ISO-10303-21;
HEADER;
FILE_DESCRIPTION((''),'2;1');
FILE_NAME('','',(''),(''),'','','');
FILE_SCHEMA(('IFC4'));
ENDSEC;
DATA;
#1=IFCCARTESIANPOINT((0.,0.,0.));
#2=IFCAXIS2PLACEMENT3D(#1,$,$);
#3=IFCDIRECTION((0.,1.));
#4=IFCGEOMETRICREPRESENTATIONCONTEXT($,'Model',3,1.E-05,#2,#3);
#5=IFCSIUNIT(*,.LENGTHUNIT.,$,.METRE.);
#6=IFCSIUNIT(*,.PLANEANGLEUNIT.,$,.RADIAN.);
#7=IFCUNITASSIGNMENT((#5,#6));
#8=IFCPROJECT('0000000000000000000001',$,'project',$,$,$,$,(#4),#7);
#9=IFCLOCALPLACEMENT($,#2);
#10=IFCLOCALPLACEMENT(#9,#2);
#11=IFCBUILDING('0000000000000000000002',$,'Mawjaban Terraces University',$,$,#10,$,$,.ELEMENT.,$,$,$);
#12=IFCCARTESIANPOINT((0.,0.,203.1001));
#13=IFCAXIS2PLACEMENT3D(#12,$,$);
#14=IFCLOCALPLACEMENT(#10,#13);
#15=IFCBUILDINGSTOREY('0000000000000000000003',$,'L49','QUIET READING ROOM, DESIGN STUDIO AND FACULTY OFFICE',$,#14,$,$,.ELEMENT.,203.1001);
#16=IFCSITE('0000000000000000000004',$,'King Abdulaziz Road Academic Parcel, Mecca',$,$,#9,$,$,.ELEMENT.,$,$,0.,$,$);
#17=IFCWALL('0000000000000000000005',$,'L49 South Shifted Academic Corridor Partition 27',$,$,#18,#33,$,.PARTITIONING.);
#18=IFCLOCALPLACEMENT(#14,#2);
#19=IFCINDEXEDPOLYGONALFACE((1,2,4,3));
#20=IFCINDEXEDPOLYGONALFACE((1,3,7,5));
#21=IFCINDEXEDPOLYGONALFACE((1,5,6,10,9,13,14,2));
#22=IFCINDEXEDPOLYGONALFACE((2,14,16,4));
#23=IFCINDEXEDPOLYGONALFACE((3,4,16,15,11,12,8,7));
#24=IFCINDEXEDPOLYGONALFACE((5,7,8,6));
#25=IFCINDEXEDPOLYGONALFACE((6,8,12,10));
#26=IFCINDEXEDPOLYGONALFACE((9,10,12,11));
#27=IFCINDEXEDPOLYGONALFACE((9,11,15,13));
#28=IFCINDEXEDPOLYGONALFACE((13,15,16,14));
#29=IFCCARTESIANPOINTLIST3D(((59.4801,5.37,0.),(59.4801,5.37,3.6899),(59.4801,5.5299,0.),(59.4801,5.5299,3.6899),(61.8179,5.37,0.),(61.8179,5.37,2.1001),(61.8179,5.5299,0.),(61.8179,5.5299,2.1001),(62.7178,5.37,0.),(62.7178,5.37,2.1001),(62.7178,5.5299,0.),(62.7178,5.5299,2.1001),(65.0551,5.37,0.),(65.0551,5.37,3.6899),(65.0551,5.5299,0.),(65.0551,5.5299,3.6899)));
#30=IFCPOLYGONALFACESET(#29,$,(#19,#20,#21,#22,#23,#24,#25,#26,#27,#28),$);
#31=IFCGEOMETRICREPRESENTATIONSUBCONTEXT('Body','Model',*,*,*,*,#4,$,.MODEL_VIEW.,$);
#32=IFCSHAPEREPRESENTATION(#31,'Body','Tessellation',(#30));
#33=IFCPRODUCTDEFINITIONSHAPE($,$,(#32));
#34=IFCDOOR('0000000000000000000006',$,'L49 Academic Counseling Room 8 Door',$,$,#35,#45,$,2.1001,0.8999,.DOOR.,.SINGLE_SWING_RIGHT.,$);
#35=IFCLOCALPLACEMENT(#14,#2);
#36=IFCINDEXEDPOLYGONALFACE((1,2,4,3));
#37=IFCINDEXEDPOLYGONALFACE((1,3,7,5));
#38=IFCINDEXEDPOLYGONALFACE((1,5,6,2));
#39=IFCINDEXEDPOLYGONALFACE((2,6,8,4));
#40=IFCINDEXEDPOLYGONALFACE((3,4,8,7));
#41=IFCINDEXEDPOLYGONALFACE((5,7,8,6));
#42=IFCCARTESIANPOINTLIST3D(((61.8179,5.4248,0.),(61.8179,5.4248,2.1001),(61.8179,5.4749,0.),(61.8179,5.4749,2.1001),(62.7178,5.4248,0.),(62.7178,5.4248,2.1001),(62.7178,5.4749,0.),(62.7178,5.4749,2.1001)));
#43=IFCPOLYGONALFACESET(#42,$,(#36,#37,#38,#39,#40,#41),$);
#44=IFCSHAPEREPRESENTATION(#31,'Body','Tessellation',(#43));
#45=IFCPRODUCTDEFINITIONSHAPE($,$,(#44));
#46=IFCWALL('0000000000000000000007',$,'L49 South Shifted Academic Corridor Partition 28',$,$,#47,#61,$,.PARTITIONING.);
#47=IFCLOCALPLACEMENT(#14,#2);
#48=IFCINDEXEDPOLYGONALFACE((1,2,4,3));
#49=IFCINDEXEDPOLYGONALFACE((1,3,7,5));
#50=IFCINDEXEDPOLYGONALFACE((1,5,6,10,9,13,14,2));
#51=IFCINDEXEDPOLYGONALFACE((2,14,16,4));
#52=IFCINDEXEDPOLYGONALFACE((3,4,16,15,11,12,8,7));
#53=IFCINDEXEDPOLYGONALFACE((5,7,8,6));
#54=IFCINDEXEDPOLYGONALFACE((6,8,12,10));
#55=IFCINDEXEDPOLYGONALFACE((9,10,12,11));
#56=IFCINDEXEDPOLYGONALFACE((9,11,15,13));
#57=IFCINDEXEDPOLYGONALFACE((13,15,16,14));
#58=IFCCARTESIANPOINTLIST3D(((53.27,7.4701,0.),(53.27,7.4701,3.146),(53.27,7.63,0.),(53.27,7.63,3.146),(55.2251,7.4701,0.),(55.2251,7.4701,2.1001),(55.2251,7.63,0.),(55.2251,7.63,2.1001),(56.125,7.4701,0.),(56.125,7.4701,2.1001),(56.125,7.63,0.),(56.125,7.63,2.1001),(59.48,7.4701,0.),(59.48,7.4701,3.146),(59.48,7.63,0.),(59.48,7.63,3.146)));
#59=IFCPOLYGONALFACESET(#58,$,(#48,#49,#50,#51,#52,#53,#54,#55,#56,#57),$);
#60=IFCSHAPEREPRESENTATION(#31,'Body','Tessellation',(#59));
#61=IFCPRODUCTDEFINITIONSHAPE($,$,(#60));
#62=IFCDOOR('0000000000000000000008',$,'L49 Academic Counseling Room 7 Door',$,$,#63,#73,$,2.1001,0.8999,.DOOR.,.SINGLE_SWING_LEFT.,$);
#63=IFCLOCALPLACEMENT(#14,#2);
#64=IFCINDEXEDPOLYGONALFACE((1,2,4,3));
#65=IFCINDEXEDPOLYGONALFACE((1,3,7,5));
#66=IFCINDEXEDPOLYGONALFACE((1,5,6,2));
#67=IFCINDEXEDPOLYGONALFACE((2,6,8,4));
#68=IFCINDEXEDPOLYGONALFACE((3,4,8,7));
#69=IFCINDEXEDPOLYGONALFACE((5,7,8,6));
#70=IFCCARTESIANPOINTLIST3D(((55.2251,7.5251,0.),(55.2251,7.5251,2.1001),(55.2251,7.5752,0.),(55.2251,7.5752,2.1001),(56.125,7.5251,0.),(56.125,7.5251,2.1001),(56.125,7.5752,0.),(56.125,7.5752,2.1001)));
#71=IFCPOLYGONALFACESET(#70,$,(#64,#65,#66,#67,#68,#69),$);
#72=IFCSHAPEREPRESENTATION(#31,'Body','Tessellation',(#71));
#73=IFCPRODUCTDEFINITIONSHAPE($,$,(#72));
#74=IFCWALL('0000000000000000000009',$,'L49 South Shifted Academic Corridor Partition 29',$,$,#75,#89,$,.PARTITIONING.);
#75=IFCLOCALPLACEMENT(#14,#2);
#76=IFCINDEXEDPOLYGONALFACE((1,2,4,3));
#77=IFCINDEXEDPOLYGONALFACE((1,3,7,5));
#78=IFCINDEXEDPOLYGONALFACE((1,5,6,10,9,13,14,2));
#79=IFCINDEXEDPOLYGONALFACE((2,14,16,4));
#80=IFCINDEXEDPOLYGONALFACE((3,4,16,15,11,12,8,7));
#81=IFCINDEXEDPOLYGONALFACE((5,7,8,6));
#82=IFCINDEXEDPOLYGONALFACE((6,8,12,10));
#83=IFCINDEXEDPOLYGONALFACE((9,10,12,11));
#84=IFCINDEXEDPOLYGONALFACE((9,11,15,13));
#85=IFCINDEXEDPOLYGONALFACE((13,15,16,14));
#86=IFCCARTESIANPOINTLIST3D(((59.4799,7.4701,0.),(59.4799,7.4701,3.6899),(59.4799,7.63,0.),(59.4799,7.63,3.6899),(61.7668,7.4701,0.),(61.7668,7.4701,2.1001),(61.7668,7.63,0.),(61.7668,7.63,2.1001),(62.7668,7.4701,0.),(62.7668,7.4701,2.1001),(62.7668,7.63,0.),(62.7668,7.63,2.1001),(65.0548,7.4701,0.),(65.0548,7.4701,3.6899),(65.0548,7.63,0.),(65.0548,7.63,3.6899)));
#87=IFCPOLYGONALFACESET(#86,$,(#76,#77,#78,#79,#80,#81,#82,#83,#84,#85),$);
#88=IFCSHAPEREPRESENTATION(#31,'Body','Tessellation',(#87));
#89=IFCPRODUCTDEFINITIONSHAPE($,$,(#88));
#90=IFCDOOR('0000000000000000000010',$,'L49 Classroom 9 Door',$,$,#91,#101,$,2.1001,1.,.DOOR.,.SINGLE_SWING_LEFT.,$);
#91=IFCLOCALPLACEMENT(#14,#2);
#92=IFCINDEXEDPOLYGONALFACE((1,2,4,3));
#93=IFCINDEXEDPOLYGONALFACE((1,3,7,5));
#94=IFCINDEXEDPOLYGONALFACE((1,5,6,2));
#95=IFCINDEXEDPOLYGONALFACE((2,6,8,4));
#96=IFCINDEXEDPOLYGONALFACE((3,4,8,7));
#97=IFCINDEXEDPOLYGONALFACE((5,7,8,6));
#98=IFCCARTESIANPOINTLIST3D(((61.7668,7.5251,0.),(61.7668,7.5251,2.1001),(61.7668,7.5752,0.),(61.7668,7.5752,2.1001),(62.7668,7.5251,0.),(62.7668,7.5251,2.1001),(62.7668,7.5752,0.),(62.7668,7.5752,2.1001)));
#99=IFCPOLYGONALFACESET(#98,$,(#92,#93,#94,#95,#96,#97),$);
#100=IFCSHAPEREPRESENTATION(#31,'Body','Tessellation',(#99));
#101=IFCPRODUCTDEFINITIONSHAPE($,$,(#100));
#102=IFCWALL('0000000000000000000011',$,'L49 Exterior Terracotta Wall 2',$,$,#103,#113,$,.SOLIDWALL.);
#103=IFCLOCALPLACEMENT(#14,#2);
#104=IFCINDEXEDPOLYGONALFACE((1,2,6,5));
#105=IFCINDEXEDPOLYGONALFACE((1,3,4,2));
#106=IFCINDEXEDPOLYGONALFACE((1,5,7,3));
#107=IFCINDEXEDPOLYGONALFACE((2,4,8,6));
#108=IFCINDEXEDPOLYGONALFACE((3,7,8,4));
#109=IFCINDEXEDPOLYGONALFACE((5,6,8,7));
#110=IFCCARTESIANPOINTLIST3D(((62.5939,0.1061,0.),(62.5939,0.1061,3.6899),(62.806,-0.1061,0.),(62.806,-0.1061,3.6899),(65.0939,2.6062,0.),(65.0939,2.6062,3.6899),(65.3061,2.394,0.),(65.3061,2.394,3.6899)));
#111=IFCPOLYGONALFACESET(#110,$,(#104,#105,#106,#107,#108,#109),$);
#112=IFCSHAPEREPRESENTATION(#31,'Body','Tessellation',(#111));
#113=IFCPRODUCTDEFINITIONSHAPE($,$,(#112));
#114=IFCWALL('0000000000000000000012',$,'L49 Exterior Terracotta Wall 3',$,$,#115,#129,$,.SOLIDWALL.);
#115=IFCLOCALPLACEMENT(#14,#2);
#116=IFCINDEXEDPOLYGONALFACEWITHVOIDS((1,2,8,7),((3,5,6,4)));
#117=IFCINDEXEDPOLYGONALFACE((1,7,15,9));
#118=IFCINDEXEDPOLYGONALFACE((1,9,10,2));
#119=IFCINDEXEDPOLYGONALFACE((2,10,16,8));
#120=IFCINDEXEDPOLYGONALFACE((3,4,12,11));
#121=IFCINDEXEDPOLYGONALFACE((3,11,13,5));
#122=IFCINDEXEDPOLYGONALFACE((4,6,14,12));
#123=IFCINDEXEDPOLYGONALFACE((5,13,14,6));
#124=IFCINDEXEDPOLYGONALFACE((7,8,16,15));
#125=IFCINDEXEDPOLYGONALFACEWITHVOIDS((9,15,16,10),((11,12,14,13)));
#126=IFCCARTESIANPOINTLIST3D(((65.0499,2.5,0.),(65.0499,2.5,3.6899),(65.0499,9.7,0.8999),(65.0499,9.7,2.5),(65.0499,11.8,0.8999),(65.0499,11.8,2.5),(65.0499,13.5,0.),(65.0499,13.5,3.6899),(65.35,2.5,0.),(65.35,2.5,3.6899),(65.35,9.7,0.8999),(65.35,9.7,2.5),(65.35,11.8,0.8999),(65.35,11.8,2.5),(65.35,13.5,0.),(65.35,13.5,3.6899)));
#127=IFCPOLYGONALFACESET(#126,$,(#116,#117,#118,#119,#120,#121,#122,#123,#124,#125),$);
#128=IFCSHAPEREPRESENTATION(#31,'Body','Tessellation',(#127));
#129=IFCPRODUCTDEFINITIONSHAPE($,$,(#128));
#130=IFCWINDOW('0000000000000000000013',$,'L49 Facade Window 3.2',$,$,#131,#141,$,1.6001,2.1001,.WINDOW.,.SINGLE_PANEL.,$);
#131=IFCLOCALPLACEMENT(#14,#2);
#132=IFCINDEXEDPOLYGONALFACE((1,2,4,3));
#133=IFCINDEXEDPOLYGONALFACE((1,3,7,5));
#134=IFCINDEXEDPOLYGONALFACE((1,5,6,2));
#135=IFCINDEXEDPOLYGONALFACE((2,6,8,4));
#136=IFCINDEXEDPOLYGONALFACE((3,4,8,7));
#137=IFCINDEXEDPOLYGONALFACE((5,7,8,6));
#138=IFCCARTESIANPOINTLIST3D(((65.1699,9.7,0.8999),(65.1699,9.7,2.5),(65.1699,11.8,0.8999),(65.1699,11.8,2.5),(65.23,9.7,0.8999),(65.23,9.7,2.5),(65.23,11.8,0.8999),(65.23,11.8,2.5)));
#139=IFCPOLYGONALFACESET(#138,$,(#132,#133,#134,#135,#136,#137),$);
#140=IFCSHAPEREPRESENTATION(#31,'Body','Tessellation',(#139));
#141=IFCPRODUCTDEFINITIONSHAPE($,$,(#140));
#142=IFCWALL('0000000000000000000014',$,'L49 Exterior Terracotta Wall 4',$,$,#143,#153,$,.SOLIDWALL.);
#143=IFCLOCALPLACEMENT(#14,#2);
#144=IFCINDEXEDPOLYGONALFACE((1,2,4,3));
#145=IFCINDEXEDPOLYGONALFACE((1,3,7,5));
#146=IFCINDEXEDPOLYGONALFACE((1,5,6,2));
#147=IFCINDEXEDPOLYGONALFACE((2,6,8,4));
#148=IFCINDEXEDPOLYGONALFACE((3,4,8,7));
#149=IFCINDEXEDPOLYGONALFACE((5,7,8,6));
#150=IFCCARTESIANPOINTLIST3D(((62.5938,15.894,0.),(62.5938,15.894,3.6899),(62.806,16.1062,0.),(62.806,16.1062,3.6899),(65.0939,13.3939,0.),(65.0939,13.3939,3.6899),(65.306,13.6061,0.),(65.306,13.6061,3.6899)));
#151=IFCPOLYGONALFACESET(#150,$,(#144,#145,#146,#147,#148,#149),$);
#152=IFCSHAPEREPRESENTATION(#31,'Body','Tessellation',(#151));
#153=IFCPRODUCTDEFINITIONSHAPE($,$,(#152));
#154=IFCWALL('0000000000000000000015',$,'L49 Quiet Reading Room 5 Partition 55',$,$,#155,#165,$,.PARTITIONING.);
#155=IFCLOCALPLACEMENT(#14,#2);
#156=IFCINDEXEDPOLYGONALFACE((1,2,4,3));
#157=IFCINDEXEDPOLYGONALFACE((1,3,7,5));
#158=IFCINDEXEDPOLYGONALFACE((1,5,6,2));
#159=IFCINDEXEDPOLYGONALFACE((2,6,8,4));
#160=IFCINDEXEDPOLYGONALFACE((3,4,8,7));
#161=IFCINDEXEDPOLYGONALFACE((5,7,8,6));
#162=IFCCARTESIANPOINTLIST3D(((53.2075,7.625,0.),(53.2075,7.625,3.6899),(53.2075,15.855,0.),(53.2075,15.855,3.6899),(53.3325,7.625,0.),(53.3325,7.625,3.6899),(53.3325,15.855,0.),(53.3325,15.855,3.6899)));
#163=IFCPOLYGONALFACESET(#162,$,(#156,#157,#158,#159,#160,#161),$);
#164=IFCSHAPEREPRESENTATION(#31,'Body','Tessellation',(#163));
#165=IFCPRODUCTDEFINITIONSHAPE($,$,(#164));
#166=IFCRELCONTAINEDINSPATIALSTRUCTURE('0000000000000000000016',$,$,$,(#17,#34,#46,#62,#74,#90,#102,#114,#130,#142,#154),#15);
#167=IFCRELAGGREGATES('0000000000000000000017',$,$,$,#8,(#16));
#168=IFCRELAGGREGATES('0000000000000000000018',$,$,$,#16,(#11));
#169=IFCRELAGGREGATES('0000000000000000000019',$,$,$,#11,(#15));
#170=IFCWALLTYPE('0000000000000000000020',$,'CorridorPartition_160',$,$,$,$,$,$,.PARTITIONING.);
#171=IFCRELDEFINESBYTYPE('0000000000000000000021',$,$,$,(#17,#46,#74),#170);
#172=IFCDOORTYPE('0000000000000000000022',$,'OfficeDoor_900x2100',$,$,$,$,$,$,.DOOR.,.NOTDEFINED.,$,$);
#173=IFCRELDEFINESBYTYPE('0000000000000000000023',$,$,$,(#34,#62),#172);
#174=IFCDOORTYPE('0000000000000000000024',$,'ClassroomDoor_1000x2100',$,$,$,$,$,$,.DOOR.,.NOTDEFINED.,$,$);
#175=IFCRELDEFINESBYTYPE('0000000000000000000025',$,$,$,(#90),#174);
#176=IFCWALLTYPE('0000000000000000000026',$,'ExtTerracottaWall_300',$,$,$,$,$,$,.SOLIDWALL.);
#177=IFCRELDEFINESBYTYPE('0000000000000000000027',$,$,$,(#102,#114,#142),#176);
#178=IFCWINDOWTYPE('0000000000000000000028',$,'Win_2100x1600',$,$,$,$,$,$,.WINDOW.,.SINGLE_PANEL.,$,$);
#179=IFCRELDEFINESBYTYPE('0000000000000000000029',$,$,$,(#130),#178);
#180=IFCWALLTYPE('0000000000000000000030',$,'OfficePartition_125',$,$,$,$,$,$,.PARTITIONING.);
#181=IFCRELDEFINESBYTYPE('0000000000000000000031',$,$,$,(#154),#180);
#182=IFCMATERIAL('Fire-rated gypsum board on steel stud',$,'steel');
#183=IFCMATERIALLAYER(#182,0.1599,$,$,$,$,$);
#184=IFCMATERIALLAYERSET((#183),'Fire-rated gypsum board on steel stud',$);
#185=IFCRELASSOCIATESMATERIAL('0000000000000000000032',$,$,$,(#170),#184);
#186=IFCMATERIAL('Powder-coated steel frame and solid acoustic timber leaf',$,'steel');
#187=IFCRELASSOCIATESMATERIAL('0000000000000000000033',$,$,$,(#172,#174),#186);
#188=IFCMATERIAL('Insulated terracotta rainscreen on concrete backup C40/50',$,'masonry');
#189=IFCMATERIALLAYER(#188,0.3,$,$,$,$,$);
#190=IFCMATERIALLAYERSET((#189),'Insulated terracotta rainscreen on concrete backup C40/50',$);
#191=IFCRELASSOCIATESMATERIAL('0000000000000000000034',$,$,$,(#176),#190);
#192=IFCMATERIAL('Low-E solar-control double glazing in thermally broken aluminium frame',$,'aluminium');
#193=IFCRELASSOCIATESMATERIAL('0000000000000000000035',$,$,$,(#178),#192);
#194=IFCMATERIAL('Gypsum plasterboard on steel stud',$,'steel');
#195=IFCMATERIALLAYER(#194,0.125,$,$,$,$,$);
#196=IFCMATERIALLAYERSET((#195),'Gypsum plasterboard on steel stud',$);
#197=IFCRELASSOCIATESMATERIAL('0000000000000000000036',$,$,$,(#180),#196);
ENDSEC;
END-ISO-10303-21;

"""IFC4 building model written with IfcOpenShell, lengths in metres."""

from ifc_helpers import new_model, si_unit, direction, frame, frame_2d, origin, place, context, subcontext, project, spatial, rectangle, extrude, material, layer, layer_set, type_object, element, fill, save


model = new_model("IFC4")

# Units and contexts
model_context = context("Model", 3, precision=1e-05, world=origin(), true_north=direction((0.0, 1.0)))
body_context = subcontext(model_context, "Body", "Model", "MODEL_VIEW")
ifc_project = project(units=[si_unit("LENGTHUNIT", "METRE"), si_unit("PLANEANGLEUNIT", "RADIAN")], contexts=[model_context])

# Site, building, storey
site_placement = place(None, origin())
site = spatial("IfcSite", under=ifc_project, at=site_placement, Name="King Abdulaziz Road Academic Parcel, Mecca", CompositionType="ELEMENT", RefElevation=0.0)
building_placement = place(site_placement, origin())
building = spatial("IfcBuilding", under=site, at=building_placement, Name="Mawjaban Terraces University", CompositionType="ELEMENT")
storey_placement = place(building_placement, frame((0.0, 0.0, 203.1001)))
storey = spatial("IfcBuildingStorey", under=building, at=storey_placement, Name="L49", Description="QUIET READING ROOM, DESIGN STUDIO AND FACULTY OFFICE", CompositionType="ELEMENT", Elevation=203.1001)

# Walls, openings, doors
ifc_material_1 = material(Name="Fire-rated gypsum board on steel stud", Category="steel")
ifc_layer_1 = layer(ifc_material_1, 0.1599)
ifc_layer_set_1 = layer_set([ifc_layer_1], Name="Fire-rated gypsum board on steel stud")
wall_type_1 = type_object("IfcWallType", Name="CorridorPartition_160", PredefinedType="PARTITIONING", material=ifc_layer_set_1)
ifc_material_2 = material(Name="Powder-coated steel frame and solid acoustic timber leaf", Category="steel")
door_type_1 = type_object("IfcDoorType", Name="OfficeDoor_900x2100", OperationType="NOTDEFINED", PredefinedType="DOOR", material=ifc_material_2)
wall_1_placement = place(storey_placement, frame((59.48, 5.45, 0.0), z_axis=(0.0, 0.0, 1.0), x_axis=(1.0, 0.0, 0.0)))
wall_1 = element("IfcWall", 1, at=wall_1_placement, inside=storey, type_object=wall_type_1, Name="L49 South Shifted Academic Corridor Partition 27", PredefinedType="PARTITIONING", context=body_context, shape_type="SweptSolid", body=[
    extrude(rectangle(XDim=5.575, YDim=0.1599, at=frame_2d((2.7876, 0.0))), origin(), (0.0, 0.0, 1.0), 3.6899),
])
opening_1_placement = place(wall_1_placement, frame((2.3379, 0.0, 0.0)))
opening_1 = element("IfcOpeningElement", 2, at=opening_1_placement, cuts=wall_1, PredefinedType="OPENING", context=body_context, shape_type="SweptSolid", body=[
    extrude(rectangle(XDim=0.8999, YDim=2.1001, at=frame_2d((0.45, 1.05))), frame((0.0, 0.0898, 0.0), z_axis=(0.0, -1.0, 0.0), x_axis=(1.0, 0.0, 0.0)), (0.0, 0.0, 1.0), 0.1799),
])
door_1_placement = place(opening_1_placement, origin())
door_1 = element("IfcDoor", 3, at=door_1_placement, inside=storey, type_object=door_type_1, Name="L49 Academic Counseling Room 8 Door", OperationType="SINGLE_SWING_RIGHT", OverallHeight=2.1001, OverallWidth=0.8999, PredefinedType="DOOR", context=body_context, shape_type="SweptSolid", body=[
    extrude(rectangle(XDim=0.8999, YDim=2.1001, at=frame_2d((0.45, 1.05))), frame((0.0, 0.0249, 0.0), z_axis=(0.0, -1.0, 0.0), x_axis=(1.0, 0.0, 0.0)), (0.0, 0.0, 1.0), 0.05),
])
fill(opening_1, door_1)
wall_2_placement = place(storey_placement, frame((59.48, 7.55, 0.0), z_axis=(0.0, 0.0, 1.0), x_axis=(-1.0, 0.0, 0.0)))
wall_2 = element("IfcWall", 4, at=wall_2_placement, inside=storey, type_object=wall_type_1, Name="L49 South Shifted Academic Corridor Partition 28", PredefinedType="PARTITIONING", context=body_context, shape_type="SweptSolid", body=[
    extrude(rectangle(XDim=6.21, YDim=0.1599, at=frame_2d((3.105, 0.0))), origin(), (0.0, 0.0, 1.0), 3.146),
])
opening_2_placement = place(wall_2_placement, frame((3.355, 0.0, 0.0)))
opening_2 = element("IfcOpeningElement", 5, at=opening_2_placement, cuts=wall_2, PredefinedType="OPENING", context=body_context, shape_type="SweptSolid", body=[
    extrude(rectangle(XDim=0.8999, YDim=2.1001, at=frame_2d((0.45, 1.05))), frame((0.0, 0.0898, 0.0), z_axis=(0.0, -1.0, 0.0), x_axis=(1.0, 0.0, 0.0)), (0.0, 0.0, 1.0), 0.1799),
])
door_2_placement = place(opening_2_placement, origin())
door_2 = element("IfcDoor", 6, at=door_2_placement, inside=storey, type_object=door_type_1, Name="L49 Academic Counseling Room 7 Door", OperationType="SINGLE_SWING_LEFT", OverallHeight=2.1001, OverallWidth=0.8999, PredefinedType="DOOR", context=body_context, shape_type="SweptSolid", body=[
    extrude(rectangle(XDim=0.8999, YDim=2.1001, at=frame_2d((0.45, 1.05))), frame((0.0, 0.0249, 0.0), z_axis=(0.0, -1.0, 0.0), x_axis=(1.0, 0.0, 0.0)), (0.0, 0.0, 1.0), 0.05),
])
fill(opening_2, door_2)
wall_3_placement = place(storey_placement, frame((65.0549, 7.55, 0.0), z_axis=(0.0, 0.0, 1.0), x_axis=(-1.0, 0.0, 0.0)))
wall_3 = element("IfcWall", 7, at=wall_3_placement, inside=storey, type_object=wall_type_1, Name="L49 South Shifted Academic Corridor Partition 29", PredefinedType="PARTITIONING", context=body_context, shape_type="SweptSolid", body=[
    extrude(rectangle(XDim=5.575, YDim=0.1599, at=frame_2d((2.7876, 0.0))), origin(), (0.0, 0.0, 1.0), 3.6899),
])
opening_3_placement = place(wall_3_placement, frame((2.2881, 0.0, 0.0)))
opening_3 = element("IfcOpeningElement", 8, at=opening_3_placement, cuts=wall_3, PredefinedType="OPENING", context=body_context, shape_type="SweptSolid", body=[
    extrude(rectangle(XDim=1.0, YDim=2.1001, at=frame_2d((0.5, 1.05))), frame((0.0, 0.0898, 0.0), z_axis=(0.0, -1.0, 0.0), x_axis=(1.0, 0.0, 0.0)), (0.0, 0.0, 1.0), 0.1799),
])
door_type_2 = type_object("IfcDoorType", Name="ClassroomDoor_1000x2100", OperationType="NOTDEFINED", PredefinedType="DOOR", material=ifc_material_2)
door_3_placement = place(opening_3_placement, origin())
door_3 = element("IfcDoor", 9, at=door_3_placement, inside=storey, type_object=door_type_2, Name="L49 Classroom 9 Door", OperationType="SINGLE_SWING_LEFT", OverallHeight=2.1001, OverallWidth=1.0, PredefinedType="DOOR", context=body_context, shape_type="SweptSolid", body=[
    extrude(rectangle(XDim=1.0, YDim=2.1001, at=frame_2d((0.5, 1.05))), frame((0.0, 0.0249, 0.0), z_axis=(0.0, -1.0, 0.0), x_axis=(1.0, 0.0, 0.0)), (0.0, 0.0, 1.0), 0.05),
])
fill(opening_3, door_3)

# Wall
ifc_material_3 = material(Name="Insulated terracotta rainscreen on concrete backup C40/50", Category="masonry")
ifc_layer_2 = layer(ifc_material_3, 0.3)
ifc_layer_set_2 = layer_set([ifc_layer_2], Name="Insulated terracotta rainscreen on concrete backup C40/50")
wall_type_2 = type_object("IfcWallType", Name="ExtTerracottaWall_300", PredefinedType="SOLIDWALL", material=ifc_layer_set_2)
wall_4_placement = place(storey_placement, frame((62.7, 0.0, 0.0), z_axis=(0.0, 0.0, 1.0), x_axis=(0.707107, 0.707107, 0.0)))
element("IfcWall", 10, at=wall_4_placement, inside=storey, type_object=wall_type_2, Name="L49 Exterior Terracotta Wall 2", PredefinedType="SOLIDWALL", context=body_context, shape_type="SweptSolid", body=[
    extrude(rectangle(XDim=3.5356, YDim=0.3, at=frame_2d((1.7678, 0.0))), origin(), (0.0, 0.0, 1.0), 3.6899),
])

# Wall, opening, window
wall_5_placement = place(storey_placement, frame((65.2, 2.5, 0.0), z_axis=(0.0, 0.0, 1.0), x_axis=(0.0, 1.0, 0.0)))
wall_5 = element("IfcWall", 11, at=wall_5_placement, inside=storey, type_object=wall_type_2, Name="L49 Exterior Terracotta Wall 3", PredefinedType="SOLIDWALL", context=body_context, shape_type="SweptSolid", body=[
    extrude(rectangle(XDim=11.0, YDim=0.3, at=frame_2d((5.5, 0.0))), origin(), (0.0, 0.0, 1.0), 3.6899),
])
opening_4_placement = place(wall_5_placement, frame((7.2, 0.0, 0.8999)))
opening_4 = element("IfcOpeningElement", 12, at=opening_4_placement, cuts=wall_5, PredefinedType="OPENING", context=body_context, shape_type="SweptSolid", body=[
    extrude(rectangle(XDim=2.1001, YDim=1.6001, at=frame_2d((1.05, 0.8))), frame((0.0, 0.1599, 0.0), z_axis=(0.0, -1.0, 0.0), x_axis=(1.0, 0.0, 0.0)), (0.0, 0.0, 1.0), 0.3201),
])
ifc_material_4 = material(Name="Low-E solar-control double glazing in thermally broken aluminium frame", Category="aluminium")
window_type = type_object("IfcWindowType", Name="Win_2100x1600", PartitioningType="SINGLE_PANEL", PredefinedType="WINDOW", material=ifc_material_4)
window_placement = place(opening_4_placement, origin())
window = element("IfcWindow", 13, at=window_placement, inside=storey, type_object=window_type, Name="L49 Facade Window 3.2", OverallHeight=1.6001, OverallWidth=2.1001, PartitioningType="SINGLE_PANEL", PredefinedType="WINDOW", context=body_context, shape_type="SweptSolid", body=[
    extrude(rectangle(XDim=2.1001, YDim=1.6001, at=frame_2d((1.05, 0.8))), frame((0.0, 0.03, 0.0), z_axis=(0.0, -1.0, 0.0), x_axis=(1.0, 0.0, 0.0)), (0.0, 0.0, 1.0), 0.0601),
])
fill(opening_4, window)

# Walls
wall_6_placement = place(storey_placement, frame((65.2, 13.5, 0.0), z_axis=(0.0, 0.0, 1.0), x_axis=(-0.707107, 0.707107, 0.0)))
element("IfcWall", 14, at=wall_6_placement, inside=storey, type_object=wall_type_2, Name="L49 Exterior Terracotta Wall 4", PredefinedType="SOLIDWALL", context=body_context, shape_type="SweptSolid", body=[
    extrude(rectangle(XDim=3.5356, YDim=0.3, at=frame_2d((1.7678, 0.0))), origin(), (0.0, 0.0, 1.0), 3.6899),
])
ifc_material_5 = material(Name="Gypsum plasterboard on steel stud", Category="steel")
ifc_layer_3 = layer(ifc_material_5, 0.125)
ifc_layer_set_3 = layer_set([ifc_layer_3], Name="Gypsum plasterboard on steel stud")
wall_type_3 = type_object("IfcWallType", Name="OfficePartition_125", PredefinedType="PARTITIONING", material=ifc_layer_set_3)
wall_7_placement = place(storey_placement, frame((53.27, 7.625, 0.0), z_axis=(0.0, 0.0, 1.0), x_axis=(0.0, 1.0, 0.0)))
element("IfcWall", 15, at=wall_7_placement, inside=storey, type_object=wall_type_3, Name="L49 Quiet Reading Room 5 Partition 55", PredefinedType="PARTITIONING", context=body_context, shape_type="SweptSolid", body=[
    extrude(rectangle(XDim=8.23, YDim=0.125, at=frame_2d((4.115, 0.0))), origin(), (0.0, 0.0, 1.0), 3.6899),
])

save(model, "model.ifc")
